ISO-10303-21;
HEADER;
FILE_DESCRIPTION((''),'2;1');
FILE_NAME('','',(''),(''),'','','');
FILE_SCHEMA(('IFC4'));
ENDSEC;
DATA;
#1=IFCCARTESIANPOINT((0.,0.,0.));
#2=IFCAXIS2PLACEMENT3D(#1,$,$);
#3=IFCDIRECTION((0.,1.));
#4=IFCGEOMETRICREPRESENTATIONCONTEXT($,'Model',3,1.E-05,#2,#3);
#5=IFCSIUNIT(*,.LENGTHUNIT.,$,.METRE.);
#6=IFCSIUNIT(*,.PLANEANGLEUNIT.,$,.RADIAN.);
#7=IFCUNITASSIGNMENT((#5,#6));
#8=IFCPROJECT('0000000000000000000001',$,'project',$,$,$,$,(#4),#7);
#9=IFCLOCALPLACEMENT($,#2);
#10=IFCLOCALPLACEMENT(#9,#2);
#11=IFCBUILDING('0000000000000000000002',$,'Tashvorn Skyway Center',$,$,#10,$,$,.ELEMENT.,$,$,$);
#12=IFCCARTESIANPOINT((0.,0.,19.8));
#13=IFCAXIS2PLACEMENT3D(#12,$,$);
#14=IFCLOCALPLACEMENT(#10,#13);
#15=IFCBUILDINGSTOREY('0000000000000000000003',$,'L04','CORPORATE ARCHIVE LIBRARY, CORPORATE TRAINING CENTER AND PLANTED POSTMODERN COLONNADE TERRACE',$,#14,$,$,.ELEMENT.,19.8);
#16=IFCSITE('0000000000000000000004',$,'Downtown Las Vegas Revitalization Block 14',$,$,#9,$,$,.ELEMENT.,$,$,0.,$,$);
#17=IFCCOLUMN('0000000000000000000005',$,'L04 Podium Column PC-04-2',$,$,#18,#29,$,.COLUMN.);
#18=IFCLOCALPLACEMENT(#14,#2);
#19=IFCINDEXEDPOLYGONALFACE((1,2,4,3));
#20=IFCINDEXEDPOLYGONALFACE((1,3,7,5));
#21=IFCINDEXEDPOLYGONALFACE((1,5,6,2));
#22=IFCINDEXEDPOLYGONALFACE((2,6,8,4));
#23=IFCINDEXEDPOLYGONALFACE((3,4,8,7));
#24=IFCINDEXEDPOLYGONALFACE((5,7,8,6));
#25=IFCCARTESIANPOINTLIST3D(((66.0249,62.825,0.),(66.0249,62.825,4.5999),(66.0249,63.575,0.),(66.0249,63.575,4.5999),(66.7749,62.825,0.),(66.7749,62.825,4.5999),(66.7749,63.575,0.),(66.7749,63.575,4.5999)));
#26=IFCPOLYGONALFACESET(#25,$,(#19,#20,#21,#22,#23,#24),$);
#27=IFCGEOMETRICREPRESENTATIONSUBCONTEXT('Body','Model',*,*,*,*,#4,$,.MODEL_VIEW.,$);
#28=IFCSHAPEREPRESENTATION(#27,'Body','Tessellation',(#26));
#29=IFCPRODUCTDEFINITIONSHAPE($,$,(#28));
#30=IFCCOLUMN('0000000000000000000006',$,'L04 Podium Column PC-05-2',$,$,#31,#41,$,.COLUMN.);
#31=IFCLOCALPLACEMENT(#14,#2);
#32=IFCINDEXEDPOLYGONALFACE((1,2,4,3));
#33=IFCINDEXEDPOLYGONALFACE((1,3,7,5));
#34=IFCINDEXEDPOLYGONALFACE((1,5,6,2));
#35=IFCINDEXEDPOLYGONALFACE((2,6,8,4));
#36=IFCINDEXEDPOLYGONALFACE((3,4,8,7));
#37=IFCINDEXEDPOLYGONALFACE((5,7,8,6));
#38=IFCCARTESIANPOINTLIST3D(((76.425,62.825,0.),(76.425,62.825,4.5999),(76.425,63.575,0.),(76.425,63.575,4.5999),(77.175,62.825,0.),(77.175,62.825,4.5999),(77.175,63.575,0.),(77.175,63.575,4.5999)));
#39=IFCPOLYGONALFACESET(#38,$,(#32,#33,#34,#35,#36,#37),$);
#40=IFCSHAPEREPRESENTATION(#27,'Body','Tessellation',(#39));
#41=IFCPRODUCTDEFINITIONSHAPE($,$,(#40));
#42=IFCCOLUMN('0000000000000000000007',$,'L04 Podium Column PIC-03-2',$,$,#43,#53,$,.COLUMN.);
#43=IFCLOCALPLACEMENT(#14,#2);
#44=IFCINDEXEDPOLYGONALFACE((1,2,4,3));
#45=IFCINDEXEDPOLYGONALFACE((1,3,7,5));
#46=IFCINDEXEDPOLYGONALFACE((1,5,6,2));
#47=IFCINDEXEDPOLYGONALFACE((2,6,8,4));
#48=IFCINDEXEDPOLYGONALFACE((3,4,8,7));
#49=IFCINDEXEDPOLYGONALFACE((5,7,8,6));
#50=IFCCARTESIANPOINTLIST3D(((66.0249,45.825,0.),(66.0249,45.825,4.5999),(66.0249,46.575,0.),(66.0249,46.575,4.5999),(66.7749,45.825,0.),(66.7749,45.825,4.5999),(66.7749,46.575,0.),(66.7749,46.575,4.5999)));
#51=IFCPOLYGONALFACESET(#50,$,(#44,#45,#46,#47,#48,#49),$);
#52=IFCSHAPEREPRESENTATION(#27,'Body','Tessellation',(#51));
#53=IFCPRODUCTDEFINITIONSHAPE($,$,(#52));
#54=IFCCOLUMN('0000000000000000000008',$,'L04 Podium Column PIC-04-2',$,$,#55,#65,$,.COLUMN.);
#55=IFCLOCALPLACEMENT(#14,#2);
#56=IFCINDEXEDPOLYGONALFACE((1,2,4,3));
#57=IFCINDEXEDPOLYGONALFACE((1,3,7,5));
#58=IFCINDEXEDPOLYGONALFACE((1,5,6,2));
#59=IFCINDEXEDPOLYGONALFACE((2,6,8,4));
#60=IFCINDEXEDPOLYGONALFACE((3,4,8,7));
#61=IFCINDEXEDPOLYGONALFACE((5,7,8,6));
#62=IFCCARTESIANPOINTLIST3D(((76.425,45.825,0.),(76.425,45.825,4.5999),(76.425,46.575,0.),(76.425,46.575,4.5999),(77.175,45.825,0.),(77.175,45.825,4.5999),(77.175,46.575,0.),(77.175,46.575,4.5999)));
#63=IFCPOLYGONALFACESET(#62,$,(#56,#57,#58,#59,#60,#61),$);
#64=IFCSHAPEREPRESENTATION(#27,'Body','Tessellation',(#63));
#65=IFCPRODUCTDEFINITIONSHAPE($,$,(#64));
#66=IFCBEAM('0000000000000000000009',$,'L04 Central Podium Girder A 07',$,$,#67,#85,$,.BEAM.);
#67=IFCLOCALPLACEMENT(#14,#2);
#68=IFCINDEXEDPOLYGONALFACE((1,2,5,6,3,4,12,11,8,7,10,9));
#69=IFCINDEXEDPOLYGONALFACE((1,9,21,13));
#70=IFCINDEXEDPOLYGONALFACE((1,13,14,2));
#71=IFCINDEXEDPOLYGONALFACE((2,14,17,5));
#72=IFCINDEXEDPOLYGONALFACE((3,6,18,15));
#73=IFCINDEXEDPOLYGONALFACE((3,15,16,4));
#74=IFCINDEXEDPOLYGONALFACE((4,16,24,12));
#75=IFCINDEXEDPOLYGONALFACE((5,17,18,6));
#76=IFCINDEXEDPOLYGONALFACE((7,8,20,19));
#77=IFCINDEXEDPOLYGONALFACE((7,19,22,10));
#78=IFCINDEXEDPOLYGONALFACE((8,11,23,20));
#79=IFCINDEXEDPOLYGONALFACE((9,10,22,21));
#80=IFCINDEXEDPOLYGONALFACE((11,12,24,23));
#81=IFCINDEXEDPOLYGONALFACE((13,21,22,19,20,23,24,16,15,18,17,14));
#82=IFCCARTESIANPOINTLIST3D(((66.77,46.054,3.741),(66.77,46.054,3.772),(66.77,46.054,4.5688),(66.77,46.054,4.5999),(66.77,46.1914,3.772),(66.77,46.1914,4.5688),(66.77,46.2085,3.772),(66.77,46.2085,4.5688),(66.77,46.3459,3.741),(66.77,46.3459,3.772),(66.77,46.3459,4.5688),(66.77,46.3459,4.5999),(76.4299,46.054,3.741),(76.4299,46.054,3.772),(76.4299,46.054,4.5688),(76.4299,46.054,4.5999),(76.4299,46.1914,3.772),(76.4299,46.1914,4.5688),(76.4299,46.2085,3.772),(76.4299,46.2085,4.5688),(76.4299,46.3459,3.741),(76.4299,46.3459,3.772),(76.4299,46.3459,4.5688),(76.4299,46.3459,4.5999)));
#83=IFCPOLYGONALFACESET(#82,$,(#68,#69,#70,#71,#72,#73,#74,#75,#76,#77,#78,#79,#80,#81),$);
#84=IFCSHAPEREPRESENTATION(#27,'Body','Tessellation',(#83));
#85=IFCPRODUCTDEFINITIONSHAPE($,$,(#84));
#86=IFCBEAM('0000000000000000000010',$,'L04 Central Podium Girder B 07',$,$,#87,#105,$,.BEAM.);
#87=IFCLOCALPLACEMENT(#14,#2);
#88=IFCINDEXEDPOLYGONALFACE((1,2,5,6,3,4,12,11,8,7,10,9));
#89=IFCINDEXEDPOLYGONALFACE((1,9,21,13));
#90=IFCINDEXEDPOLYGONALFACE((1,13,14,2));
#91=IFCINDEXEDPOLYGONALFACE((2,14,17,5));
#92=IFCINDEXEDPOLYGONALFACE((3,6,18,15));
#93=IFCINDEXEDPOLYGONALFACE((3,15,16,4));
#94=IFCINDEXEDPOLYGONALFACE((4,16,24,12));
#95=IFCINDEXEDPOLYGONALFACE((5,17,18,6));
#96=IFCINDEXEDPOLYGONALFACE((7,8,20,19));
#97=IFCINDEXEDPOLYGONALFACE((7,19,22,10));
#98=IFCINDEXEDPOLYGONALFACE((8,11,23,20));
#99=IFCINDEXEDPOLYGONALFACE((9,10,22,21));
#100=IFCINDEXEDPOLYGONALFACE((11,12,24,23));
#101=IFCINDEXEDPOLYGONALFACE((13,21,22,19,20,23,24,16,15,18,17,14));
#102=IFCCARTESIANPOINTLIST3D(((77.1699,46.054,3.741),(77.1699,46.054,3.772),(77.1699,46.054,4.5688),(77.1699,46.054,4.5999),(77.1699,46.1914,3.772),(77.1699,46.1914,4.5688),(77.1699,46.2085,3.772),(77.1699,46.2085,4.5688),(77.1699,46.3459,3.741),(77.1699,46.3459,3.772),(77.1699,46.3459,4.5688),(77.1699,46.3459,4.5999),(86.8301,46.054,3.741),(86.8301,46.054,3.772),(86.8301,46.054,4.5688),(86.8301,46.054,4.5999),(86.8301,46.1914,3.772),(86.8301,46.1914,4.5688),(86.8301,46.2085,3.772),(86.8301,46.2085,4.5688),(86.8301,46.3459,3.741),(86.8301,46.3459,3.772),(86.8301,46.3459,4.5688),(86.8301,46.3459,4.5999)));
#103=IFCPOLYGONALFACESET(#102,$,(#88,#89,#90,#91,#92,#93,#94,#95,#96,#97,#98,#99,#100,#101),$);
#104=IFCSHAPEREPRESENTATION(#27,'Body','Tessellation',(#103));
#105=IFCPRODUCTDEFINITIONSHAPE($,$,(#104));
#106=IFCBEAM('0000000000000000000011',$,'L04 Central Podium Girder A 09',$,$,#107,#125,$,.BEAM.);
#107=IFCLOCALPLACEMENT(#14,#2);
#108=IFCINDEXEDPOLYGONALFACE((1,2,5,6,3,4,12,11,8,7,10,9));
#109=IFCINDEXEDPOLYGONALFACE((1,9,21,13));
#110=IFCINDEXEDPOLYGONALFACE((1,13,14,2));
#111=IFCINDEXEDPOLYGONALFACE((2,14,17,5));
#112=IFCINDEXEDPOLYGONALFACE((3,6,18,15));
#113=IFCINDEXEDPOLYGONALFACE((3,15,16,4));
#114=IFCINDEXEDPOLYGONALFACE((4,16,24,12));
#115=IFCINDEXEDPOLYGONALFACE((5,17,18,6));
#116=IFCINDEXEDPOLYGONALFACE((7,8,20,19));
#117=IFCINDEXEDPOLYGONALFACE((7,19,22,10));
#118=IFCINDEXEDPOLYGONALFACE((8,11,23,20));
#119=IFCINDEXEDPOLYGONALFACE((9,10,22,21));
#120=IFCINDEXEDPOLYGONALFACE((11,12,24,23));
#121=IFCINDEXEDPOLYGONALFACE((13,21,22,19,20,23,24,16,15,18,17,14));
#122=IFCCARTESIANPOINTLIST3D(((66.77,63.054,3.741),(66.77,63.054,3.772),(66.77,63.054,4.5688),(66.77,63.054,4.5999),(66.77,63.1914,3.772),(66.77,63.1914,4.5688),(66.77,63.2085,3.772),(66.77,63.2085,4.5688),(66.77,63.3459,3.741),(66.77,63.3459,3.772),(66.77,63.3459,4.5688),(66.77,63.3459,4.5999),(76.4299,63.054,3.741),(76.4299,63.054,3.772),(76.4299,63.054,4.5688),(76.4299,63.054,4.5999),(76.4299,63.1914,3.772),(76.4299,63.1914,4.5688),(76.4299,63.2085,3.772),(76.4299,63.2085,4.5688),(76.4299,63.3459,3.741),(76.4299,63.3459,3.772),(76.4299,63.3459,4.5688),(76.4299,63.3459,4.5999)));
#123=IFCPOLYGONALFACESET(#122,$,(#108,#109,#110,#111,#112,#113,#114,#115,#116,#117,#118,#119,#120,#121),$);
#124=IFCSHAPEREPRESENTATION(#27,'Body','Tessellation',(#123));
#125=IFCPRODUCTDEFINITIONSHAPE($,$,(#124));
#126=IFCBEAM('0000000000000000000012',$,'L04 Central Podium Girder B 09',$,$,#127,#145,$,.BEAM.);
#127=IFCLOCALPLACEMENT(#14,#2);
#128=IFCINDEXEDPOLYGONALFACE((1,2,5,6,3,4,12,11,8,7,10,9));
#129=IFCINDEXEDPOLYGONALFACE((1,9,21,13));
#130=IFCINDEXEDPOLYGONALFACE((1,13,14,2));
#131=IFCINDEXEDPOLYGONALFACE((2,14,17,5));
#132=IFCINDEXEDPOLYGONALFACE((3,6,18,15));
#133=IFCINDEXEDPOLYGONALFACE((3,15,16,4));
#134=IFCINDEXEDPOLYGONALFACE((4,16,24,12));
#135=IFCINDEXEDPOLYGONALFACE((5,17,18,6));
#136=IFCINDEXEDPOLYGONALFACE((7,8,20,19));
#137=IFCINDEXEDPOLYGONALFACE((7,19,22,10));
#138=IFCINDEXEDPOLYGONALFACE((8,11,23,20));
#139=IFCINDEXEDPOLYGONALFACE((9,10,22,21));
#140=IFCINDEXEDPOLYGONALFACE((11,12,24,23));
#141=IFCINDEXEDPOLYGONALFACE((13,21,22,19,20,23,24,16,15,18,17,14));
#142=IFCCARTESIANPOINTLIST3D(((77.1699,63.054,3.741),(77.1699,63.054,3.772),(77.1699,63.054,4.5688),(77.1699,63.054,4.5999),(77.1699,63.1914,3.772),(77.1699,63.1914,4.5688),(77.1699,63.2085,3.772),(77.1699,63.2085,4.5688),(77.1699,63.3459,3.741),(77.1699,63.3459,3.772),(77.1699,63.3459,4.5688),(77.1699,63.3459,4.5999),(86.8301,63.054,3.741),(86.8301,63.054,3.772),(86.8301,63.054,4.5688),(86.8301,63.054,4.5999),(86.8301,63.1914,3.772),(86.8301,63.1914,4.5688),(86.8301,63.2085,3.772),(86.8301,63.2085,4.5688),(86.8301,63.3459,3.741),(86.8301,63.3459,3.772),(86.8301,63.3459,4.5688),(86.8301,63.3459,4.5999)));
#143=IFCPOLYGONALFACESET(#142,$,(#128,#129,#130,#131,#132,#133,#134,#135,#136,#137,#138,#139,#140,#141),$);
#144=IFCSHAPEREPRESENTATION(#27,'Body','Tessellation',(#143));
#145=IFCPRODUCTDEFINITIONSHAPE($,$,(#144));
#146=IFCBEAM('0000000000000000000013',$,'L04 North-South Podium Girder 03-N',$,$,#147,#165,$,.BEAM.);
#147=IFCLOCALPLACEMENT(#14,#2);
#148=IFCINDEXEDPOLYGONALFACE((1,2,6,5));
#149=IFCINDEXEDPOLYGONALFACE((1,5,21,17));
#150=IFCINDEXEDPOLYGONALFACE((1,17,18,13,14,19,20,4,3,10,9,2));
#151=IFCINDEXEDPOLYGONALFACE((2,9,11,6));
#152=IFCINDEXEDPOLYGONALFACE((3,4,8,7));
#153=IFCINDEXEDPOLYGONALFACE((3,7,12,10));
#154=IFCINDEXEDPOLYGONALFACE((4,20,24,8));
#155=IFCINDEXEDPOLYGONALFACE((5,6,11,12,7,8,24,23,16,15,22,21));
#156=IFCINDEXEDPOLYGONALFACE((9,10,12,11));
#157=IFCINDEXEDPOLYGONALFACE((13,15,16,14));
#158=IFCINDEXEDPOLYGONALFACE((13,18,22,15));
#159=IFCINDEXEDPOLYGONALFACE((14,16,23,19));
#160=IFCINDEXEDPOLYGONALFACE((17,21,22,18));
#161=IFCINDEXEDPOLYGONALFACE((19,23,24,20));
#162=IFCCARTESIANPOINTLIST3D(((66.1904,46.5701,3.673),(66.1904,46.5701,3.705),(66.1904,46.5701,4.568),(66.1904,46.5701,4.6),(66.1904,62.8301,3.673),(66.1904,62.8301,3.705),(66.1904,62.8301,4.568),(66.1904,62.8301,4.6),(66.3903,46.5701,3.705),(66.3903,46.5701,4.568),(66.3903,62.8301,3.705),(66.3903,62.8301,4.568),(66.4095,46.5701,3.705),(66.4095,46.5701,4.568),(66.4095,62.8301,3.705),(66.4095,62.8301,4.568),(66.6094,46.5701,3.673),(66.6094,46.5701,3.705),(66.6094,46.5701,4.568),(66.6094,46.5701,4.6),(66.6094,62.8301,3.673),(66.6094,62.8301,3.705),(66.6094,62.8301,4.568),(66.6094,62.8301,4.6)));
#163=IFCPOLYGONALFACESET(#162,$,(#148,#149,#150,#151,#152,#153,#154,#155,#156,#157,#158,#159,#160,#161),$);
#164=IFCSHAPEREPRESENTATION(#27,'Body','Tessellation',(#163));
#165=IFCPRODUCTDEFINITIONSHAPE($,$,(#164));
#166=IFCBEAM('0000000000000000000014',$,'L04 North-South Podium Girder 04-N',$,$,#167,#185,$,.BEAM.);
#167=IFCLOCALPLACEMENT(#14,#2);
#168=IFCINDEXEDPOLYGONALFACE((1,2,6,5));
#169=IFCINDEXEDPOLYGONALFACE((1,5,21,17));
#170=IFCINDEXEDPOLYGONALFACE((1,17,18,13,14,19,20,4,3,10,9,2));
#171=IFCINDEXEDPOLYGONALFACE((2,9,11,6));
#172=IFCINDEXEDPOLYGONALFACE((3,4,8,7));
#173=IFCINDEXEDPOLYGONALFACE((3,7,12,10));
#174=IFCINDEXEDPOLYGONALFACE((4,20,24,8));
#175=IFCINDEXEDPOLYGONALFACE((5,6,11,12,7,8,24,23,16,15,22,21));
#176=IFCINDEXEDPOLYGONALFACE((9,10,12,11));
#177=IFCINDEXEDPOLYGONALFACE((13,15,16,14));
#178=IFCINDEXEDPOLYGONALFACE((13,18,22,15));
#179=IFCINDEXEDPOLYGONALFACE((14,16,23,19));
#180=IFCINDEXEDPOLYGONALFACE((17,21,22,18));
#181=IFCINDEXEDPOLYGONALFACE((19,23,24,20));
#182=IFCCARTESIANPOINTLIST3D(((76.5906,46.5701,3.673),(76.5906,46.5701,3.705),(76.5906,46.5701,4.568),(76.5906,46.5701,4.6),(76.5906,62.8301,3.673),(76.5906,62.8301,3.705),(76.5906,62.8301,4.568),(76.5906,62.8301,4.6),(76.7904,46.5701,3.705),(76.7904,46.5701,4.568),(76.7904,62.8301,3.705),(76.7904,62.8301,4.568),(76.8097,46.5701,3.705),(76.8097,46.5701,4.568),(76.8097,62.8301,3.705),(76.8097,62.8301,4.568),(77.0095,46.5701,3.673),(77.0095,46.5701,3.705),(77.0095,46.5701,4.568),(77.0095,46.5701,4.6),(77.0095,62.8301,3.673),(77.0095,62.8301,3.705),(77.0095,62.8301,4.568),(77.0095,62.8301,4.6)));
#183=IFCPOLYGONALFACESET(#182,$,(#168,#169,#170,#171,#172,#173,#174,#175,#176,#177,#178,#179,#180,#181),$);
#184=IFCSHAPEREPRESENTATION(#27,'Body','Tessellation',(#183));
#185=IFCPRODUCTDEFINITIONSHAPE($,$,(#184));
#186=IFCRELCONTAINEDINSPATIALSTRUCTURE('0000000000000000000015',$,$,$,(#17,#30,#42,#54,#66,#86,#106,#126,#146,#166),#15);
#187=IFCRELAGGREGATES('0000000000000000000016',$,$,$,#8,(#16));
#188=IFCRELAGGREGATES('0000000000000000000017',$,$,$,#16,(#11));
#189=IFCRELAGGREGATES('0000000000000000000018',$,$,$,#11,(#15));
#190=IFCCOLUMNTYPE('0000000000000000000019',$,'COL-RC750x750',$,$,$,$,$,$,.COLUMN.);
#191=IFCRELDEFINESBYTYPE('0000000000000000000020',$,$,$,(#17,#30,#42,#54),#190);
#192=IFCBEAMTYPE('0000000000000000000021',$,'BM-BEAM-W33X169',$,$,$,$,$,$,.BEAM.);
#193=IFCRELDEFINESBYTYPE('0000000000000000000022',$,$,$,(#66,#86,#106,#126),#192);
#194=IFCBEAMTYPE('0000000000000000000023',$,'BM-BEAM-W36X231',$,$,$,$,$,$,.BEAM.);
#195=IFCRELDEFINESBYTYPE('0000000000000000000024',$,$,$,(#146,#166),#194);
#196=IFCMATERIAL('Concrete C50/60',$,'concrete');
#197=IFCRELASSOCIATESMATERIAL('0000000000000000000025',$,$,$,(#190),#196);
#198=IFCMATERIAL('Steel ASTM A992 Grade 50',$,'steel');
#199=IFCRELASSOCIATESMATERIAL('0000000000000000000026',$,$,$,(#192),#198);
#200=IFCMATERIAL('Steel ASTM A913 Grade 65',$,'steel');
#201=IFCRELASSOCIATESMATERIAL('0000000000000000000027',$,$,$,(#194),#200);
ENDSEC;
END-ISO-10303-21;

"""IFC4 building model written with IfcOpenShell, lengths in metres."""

from ifc_helpers import new_model, si_unit, direction, frame, origin, origin_2d, place, context, subcontext, project, spatial, rectangle, i_section, extrude, material, material_profile, profile_set, type_object, element, save


model = new_model("IFC4")

# Units and contexts
model_context = context("Model", 3, precision=1e-05, world=origin(), true_north=direction((0.0, 1.0)))
body_context = subcontext(model_context, "Body", "Model", "MODEL_VIEW")
ifc_project = project(units=[si_unit("LENGTHUNIT", "METRE"), si_unit("PLANEANGLEUNIT", "RADIAN")], contexts=[model_context])

# Site, building, storey
site_placement = place(None, origin())
site = spatial("IfcSite", under=ifc_project, at=site_placement, Name="Downtown Las Vegas Revitalization Block 14", CompositionType="ELEMENT", RefElevation=0.0)
building_placement = place(site_placement, origin())
building = spatial("IfcBuilding", under=site, at=building_placement, Name="Tashvorn Skyway Center", CompositionType="ELEMENT")
storey_placement = place(building_placement, frame((0.0, 0.0, 19.8)))
storey = spatial("IfcBuildingStorey", under=building, at=storey_placement, Name="L04", Description="CORPORATE ARCHIVE LIBRARY, CORPORATE TRAINING CENTER AND PLANTED POSTMODERN COLONNADE TERRACE", CompositionType="ELEMENT", Elevation=19.8)

# Columns
ifc_material_1 = material(Name="Concrete C50/60", Category="concrete")
ifc_material_profile_1 = material_profile(ifc_material_1, rectangle(XDim=0.75, YDim=0.75, at=origin_2d()), Name="RC750x750")
ifc_profile_set_1 = profile_set([ifc_material_profile_1], Name="Concrete C50/60")
column_type = type_object("IfcColumnType", Name="COL-RC750x750", PredefinedType="COLUMN", material=ifc_profile_set_1)
for number, where, z_axis, x_axis, name in (
    (1, (66.3999, 63.2, 0.0), (0.0, 0.0, 1.0), (1.0, 0.0, 0.0), "L04 Podium Column PC-04-2"),
    (2, (76.8, 63.2, 0.0), (0.0, 0.0, 1.0), (1.0, 0.0, 0.0), "L04 Podium Column PC-05-2"),
    (3, (66.3999, 46.2, 0.0), (0.0, 0.0, 1.0), (1.0, 0.0, 0.0), "L04 Podium Column PIC-03-2"),
    (4, (76.8, 46.2, 0.0), (0.0, 0.0, 1.0), (1.0, 0.0, 0.0), "L04 Podium Column PIC-04-2"),
):
    element("IfcColumn", number, at=place(storey_placement, frame(where, z_axis=z_axis, x_axis=x_axis)), inside=storey, type_object=column_type, Name=name, PredefinedType="COLUMN", context=body_context, shape_type="SweptSolid", body=[
        extrude(rectangle(XDim=0.75, YDim=0.75, at=origin_2d()), origin(), (0.0, 0.0, 1.0), 4.5999),
    ])

# Beams
ifc_material_2 = material(Name="Steel ASTM A992 Grade 50", Category="steel")
ifc_material_profile_2 = material_profile(ifc_material_2, i_section(OverallWidth=0.292, OverallDepth=0.8589, WebThickness=0.0171, FlangeThickness=0.031, at=origin_2d()), Name="W33X169")
ifc_profile_set_2 = profile_set([ifc_material_profile_2], Name="Steel ASTM A992 Grade 50")
beam_type_1 = type_object("IfcBeamType", Name="BM-BEAM-W33X169", PredefinedType="BEAM", material=ifc_profile_set_2)
beam_1_placement = place(storey_placement, frame((66.77, 46.2, 4.1704), z_axis=(1.0, 0.0, 0.0), x_axis=(0.0, 1.0, 0.0)))
element("IfcBeam", 5, at=beam_1_placement, inside=storey, type_object=beam_type_1, Name="L04 Central Podium Girder A 07", PredefinedType="BEAM", context=body_context, shape_type="SweptSolid", body=[
    extrude(i_section(OverallWidth=0.292, OverallDepth=0.8589, WebThickness=0.0171, FlangeThickness=0.031, at=origin_2d()), origin(), (0.0, 0.0, 1.0), 9.6599),
])
beam_2_placement = place(storey_placement, frame((77.1699, 46.2, 4.1704), z_axis=(1.0, 0.0, 0.0), x_axis=(0.0, 1.0, 0.0)))
element("IfcBeam", 6, at=beam_2_placement, inside=storey, type_object=beam_type_1, Name="L04 Central Podium Girder B 07", PredefinedType="BEAM", context=body_context, shape_type="SweptSolid", body=[
    extrude(i_section(OverallWidth=0.292, OverallDepth=0.8589, WebThickness=0.0171, FlangeThickness=0.031, at=origin_2d()), origin(), (0.0, 0.0, 1.0), 9.6602),
])
beam_3_placement = place(storey_placement, frame((66.77, 63.2, 4.1704), z_axis=(1.0, 0.0, 0.0), x_axis=(0.0, 1.0, 0.0)))
element("IfcBeam", 7, at=beam_3_placement, inside=storey, type_object=beam_type_1, Name="L04 Central Podium Girder A 09", PredefinedType="BEAM", context=body_context, shape_type="SweptSolid", body=[
    extrude(i_section(OverallWidth=0.292, OverallDepth=0.8589, WebThickness=0.0171, FlangeThickness=0.031, at=origin_2d()), origin(), (0.0, 0.0, 1.0), 9.6599),
])
beam_4_placement = place(storey_placement, frame((77.1699, 63.2, 4.1704), z_axis=(1.0, 0.0, 0.0), x_axis=(0.0, 1.0, 0.0)))
element("IfcBeam", 8, at=beam_4_placement, inside=storey, type_object=beam_type_1, Name="L04 Central Podium Girder B 09", PredefinedType="BEAM", context=body_context, shape_type="SweptSolid", body=[
    extrude(i_section(OverallWidth=0.292, OverallDepth=0.8589, WebThickness=0.0171, FlangeThickness=0.031, at=origin_2d()), origin(), (0.0, 0.0, 1.0), 9.6602),
])
ifc_material_3 = material(Name="Steel ASTM A913 Grade 65", Category="steel")
ifc_material_profile_3 = material_profile(ifc_material_3, i_section(OverallWidth=0.4189, OverallDepth=0.927, WebThickness=0.0193, FlangeThickness=0.032, at=origin_2d()), Name="W36X231")
ifc_profile_set_3 = profile_set([ifc_material_profile_3], Name="Steel ASTM A913 Grade 65")
beam_type_2 = type_object("IfcBeamType", Name="BM-BEAM-W36X231", PredefinedType="BEAM", material=ifc_profile_set_3)
for number, where, z_axis, x_axis, name in (
    (9, (66.3999, 46.5701, 4.1365), (0.0, 1.0, 0.0), (-1.0, 0.0, 0.0), "L04 North-South Podium Girder 03-N"),
    (10, (76.8, 46.5701, 4.1365), (0.0, 1.0, 0.0), (-1.0, 0.0, 0.0), "L04 North-South Podium Girder 04-N"),
):
    element("IfcBeam", number, at=place(storey_placement, frame(where, z_axis=z_axis, x_axis=x_axis)), inside=storey, type_object=beam_type_2, Name=name, PredefinedType="BEAM", context=body_context, shape_type="SweptSolid", body=[
        extrude(i_section(OverallWidth=0.4189, OverallDepth=0.927, WebThickness=0.0193, FlangeThickness=0.032, at=origin_2d()), origin(), (0.0, 0.0, 1.0), 16.26),
    ])

save(model, "model.ifc")
